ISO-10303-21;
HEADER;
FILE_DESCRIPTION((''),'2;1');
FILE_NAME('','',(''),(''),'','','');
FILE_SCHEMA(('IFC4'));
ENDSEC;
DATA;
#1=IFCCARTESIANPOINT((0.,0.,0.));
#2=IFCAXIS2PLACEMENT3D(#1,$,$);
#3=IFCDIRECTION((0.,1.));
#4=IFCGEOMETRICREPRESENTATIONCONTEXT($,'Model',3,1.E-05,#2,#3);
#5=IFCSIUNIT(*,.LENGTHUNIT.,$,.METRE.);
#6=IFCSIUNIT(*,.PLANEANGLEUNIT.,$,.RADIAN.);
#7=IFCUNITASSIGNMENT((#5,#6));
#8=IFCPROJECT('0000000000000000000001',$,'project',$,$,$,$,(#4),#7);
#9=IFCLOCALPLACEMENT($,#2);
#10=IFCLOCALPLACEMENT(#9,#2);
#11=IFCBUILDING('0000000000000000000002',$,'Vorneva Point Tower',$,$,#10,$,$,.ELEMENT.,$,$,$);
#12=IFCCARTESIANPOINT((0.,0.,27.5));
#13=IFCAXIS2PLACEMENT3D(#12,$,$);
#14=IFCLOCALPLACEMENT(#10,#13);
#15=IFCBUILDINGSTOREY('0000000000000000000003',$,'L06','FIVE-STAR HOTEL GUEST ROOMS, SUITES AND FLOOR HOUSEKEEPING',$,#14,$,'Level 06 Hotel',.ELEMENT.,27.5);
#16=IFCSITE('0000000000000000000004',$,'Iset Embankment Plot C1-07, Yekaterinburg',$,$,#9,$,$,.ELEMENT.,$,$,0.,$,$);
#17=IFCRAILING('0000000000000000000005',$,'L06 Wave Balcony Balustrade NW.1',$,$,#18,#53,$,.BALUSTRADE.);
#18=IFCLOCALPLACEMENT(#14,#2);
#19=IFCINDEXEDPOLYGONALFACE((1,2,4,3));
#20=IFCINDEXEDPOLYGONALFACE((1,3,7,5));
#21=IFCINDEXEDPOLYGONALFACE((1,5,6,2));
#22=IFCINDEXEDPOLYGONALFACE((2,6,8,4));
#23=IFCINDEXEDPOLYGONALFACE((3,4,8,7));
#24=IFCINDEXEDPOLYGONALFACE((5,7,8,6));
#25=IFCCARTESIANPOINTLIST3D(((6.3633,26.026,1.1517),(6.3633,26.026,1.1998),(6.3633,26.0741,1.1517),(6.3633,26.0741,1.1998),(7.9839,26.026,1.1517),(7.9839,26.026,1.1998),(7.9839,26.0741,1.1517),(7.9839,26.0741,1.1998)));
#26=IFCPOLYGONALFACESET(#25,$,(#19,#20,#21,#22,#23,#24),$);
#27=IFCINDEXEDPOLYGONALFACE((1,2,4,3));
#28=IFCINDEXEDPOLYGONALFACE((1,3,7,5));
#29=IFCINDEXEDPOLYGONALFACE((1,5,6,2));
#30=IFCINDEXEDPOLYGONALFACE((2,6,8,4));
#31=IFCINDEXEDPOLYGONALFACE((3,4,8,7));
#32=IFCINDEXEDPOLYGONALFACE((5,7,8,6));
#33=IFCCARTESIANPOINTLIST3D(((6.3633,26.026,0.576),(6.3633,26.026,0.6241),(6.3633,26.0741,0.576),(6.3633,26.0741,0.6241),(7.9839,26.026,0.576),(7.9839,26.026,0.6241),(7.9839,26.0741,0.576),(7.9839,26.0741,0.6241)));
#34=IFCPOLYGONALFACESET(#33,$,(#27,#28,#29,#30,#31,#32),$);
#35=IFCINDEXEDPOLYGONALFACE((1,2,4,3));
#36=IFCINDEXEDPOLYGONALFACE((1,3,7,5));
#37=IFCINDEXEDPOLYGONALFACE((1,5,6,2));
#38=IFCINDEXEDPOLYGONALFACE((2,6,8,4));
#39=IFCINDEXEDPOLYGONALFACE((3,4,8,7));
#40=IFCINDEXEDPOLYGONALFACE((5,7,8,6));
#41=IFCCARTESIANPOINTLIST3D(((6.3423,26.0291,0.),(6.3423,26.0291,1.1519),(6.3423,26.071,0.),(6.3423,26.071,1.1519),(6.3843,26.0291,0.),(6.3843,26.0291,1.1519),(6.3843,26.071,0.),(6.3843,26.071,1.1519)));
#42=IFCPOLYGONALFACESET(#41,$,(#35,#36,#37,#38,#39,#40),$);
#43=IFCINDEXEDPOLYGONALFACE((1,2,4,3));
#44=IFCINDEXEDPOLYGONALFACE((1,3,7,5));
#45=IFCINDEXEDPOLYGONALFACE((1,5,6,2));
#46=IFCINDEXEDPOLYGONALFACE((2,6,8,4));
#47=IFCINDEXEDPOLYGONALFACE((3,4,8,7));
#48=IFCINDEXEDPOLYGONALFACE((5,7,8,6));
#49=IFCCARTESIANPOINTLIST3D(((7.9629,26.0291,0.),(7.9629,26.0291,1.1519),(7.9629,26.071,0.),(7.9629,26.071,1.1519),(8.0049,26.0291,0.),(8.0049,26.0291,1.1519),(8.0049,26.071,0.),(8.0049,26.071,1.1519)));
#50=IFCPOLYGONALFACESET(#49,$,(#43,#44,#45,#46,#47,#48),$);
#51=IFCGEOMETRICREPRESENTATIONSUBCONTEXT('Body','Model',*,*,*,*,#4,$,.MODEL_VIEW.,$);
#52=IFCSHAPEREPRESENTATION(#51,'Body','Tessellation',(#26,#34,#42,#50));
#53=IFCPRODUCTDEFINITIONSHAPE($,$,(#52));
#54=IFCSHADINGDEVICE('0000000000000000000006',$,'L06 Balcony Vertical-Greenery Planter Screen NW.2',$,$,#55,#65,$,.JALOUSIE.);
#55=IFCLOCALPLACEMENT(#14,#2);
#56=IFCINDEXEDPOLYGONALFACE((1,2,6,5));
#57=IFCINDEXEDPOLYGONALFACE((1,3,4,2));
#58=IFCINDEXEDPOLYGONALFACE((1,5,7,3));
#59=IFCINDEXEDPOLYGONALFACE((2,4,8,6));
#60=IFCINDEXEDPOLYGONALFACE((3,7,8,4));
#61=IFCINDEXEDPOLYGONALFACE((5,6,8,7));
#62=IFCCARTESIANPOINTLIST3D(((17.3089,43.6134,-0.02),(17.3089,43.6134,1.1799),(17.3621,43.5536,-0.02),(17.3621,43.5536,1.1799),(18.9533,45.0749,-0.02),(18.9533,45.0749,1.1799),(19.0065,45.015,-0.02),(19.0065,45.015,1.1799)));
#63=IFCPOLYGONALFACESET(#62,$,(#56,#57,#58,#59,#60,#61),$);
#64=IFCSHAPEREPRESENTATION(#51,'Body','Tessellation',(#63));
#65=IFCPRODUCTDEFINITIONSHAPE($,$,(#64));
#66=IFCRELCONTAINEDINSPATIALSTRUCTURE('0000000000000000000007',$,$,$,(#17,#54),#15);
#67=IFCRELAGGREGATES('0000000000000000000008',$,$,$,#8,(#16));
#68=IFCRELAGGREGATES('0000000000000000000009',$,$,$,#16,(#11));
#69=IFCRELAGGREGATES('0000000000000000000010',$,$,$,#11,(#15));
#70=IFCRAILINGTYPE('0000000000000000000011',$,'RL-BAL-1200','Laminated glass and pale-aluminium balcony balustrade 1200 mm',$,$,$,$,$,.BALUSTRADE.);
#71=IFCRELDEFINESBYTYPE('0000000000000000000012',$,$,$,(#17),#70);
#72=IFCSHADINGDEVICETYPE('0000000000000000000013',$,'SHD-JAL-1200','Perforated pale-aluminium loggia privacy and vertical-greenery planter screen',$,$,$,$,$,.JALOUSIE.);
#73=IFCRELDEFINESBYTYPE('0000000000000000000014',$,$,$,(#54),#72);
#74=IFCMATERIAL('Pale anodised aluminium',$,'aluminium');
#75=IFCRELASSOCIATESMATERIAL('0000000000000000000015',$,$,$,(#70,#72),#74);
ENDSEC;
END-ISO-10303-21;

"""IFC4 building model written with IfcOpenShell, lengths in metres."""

from ifc_helpers import new_model, si_unit, direction, frame, origin, origin_2d, place, context, subcontext, project, spatial, rectangle, extrude, material, type_object, element, save


model = new_model("IFC4")

# Units and contexts
model_context = context("Model", 3, precision=1e-05, world=origin(), true_north=direction((0.0, 1.0)))
body_context = subcontext(model_context, "Body", "Model", "MODEL_VIEW")
ifc_project = project(units=[si_unit("LENGTHUNIT", "METRE"), si_unit("PLANEANGLEUNIT", "RADIAN")], contexts=[model_context])

# Site, building, storey
site_placement = place(None, origin())
site = spatial("IfcSite", under=ifc_project, at=site_placement, Name="Iset Embankment Plot C1-07, Yekaterinburg", CompositionType="ELEMENT", RefElevation=0.0)
building_placement = place(site_placement, origin())
building = spatial("IfcBuilding", under=site, at=building_placement, Name="Vorneva Point Tower", CompositionType="ELEMENT")
storey_placement = place(building_placement, frame((0.0, 0.0, 27.5)))
storey = spatial("IfcBuildingStorey", under=building, at=storey_placement, Name="L06", Description="FIVE-STAR HOTEL GUEST ROOMS, SUITES AND FLOOR HOUSEKEEPING", LongName="Level 06 Hotel", CompositionType="ELEMENT", Elevation=27.5)

# Shared definitions
ifc_material_1 = material(Name="Pale anodised aluminium", Category="aluminium")

# Railing
railing_type = type_object("IfcRailingType", Name="RL-BAL-1200", Description="Laminated glass and pale-aluminium balcony balustrade 1200 mm", PredefinedType="BALUSTRADE", material=ifc_material_1)
railing_placement = place(storey_placement, frame((6.3633, 26.05, 0.0)))
element("IfcRailing", 1, at=railing_placement, inside=storey, type_object=railing_type, Name="L06 Wave Balcony Balustrade NW.1", PredefinedType="BALUSTRADE", context=body_context, shape_type="SweptSolid", body=[
    extrude(rectangle(XDim=0.0481, YDim=0.0481, at=origin_2d()), frame((0.0, 0.0, 1.1758), z_axis=(1.0, 0.0, 0.0), x_axis=(0.0, 1.0, 0.0)), (0.0, 0.0, 1.0), 1.6206),
    extrude(rectangle(XDim=0.0481, YDim=0.0481, at=origin_2d()), frame((0.0, 0.0, 0.6001), z_axis=(1.0, 0.0, 0.0), x_axis=(0.0, 1.0, 0.0)), (0.0, 0.0, 1.0), 1.6206),
    extrude(rectangle(XDim=0.042, YDim=0.042, at=origin_2d()), origin(), (0.0, 0.0, 1.0), 1.1519),
    extrude(rectangle(XDim=0.042, YDim=0.042, at=origin_2d()), frame((1.6206, 0.0, 0.0)), (0.0, 0.0, 1.0), 1.1519),
])

# Shading device
shading_device_type = type_object("IfcShadingDeviceType", Name="SHD-JAL-1200", Description="Perforated pale-aluminium loggia privacy and vertical-greenery planter screen", PredefinedType="JALOUSIE", material=ifc_material_1)
shading_device_placement = place(storey_placement, frame((18.1577, 44.3142, -0.02), z_axis=(0.0, 0.0, 1.0), x_axis=(-0.747462, -0.664305, 0.0)))
element("IfcShadingDevice", 2, at=shading_device_placement, inside=storey, type_object=shading_device_type, Name="L06 Balcony Vertical-Greenery Planter Screen NW.2", PredefinedType="JALOUSIE", context=body_context, shape_type="SweptSolid", body=[
    extrude(rectangle(XDim=2.2, YDim=0.0801, at=origin_2d()), origin(), (0.0, 0.0, 1.0), 1.2),
])

save(model, "model.ifc")
